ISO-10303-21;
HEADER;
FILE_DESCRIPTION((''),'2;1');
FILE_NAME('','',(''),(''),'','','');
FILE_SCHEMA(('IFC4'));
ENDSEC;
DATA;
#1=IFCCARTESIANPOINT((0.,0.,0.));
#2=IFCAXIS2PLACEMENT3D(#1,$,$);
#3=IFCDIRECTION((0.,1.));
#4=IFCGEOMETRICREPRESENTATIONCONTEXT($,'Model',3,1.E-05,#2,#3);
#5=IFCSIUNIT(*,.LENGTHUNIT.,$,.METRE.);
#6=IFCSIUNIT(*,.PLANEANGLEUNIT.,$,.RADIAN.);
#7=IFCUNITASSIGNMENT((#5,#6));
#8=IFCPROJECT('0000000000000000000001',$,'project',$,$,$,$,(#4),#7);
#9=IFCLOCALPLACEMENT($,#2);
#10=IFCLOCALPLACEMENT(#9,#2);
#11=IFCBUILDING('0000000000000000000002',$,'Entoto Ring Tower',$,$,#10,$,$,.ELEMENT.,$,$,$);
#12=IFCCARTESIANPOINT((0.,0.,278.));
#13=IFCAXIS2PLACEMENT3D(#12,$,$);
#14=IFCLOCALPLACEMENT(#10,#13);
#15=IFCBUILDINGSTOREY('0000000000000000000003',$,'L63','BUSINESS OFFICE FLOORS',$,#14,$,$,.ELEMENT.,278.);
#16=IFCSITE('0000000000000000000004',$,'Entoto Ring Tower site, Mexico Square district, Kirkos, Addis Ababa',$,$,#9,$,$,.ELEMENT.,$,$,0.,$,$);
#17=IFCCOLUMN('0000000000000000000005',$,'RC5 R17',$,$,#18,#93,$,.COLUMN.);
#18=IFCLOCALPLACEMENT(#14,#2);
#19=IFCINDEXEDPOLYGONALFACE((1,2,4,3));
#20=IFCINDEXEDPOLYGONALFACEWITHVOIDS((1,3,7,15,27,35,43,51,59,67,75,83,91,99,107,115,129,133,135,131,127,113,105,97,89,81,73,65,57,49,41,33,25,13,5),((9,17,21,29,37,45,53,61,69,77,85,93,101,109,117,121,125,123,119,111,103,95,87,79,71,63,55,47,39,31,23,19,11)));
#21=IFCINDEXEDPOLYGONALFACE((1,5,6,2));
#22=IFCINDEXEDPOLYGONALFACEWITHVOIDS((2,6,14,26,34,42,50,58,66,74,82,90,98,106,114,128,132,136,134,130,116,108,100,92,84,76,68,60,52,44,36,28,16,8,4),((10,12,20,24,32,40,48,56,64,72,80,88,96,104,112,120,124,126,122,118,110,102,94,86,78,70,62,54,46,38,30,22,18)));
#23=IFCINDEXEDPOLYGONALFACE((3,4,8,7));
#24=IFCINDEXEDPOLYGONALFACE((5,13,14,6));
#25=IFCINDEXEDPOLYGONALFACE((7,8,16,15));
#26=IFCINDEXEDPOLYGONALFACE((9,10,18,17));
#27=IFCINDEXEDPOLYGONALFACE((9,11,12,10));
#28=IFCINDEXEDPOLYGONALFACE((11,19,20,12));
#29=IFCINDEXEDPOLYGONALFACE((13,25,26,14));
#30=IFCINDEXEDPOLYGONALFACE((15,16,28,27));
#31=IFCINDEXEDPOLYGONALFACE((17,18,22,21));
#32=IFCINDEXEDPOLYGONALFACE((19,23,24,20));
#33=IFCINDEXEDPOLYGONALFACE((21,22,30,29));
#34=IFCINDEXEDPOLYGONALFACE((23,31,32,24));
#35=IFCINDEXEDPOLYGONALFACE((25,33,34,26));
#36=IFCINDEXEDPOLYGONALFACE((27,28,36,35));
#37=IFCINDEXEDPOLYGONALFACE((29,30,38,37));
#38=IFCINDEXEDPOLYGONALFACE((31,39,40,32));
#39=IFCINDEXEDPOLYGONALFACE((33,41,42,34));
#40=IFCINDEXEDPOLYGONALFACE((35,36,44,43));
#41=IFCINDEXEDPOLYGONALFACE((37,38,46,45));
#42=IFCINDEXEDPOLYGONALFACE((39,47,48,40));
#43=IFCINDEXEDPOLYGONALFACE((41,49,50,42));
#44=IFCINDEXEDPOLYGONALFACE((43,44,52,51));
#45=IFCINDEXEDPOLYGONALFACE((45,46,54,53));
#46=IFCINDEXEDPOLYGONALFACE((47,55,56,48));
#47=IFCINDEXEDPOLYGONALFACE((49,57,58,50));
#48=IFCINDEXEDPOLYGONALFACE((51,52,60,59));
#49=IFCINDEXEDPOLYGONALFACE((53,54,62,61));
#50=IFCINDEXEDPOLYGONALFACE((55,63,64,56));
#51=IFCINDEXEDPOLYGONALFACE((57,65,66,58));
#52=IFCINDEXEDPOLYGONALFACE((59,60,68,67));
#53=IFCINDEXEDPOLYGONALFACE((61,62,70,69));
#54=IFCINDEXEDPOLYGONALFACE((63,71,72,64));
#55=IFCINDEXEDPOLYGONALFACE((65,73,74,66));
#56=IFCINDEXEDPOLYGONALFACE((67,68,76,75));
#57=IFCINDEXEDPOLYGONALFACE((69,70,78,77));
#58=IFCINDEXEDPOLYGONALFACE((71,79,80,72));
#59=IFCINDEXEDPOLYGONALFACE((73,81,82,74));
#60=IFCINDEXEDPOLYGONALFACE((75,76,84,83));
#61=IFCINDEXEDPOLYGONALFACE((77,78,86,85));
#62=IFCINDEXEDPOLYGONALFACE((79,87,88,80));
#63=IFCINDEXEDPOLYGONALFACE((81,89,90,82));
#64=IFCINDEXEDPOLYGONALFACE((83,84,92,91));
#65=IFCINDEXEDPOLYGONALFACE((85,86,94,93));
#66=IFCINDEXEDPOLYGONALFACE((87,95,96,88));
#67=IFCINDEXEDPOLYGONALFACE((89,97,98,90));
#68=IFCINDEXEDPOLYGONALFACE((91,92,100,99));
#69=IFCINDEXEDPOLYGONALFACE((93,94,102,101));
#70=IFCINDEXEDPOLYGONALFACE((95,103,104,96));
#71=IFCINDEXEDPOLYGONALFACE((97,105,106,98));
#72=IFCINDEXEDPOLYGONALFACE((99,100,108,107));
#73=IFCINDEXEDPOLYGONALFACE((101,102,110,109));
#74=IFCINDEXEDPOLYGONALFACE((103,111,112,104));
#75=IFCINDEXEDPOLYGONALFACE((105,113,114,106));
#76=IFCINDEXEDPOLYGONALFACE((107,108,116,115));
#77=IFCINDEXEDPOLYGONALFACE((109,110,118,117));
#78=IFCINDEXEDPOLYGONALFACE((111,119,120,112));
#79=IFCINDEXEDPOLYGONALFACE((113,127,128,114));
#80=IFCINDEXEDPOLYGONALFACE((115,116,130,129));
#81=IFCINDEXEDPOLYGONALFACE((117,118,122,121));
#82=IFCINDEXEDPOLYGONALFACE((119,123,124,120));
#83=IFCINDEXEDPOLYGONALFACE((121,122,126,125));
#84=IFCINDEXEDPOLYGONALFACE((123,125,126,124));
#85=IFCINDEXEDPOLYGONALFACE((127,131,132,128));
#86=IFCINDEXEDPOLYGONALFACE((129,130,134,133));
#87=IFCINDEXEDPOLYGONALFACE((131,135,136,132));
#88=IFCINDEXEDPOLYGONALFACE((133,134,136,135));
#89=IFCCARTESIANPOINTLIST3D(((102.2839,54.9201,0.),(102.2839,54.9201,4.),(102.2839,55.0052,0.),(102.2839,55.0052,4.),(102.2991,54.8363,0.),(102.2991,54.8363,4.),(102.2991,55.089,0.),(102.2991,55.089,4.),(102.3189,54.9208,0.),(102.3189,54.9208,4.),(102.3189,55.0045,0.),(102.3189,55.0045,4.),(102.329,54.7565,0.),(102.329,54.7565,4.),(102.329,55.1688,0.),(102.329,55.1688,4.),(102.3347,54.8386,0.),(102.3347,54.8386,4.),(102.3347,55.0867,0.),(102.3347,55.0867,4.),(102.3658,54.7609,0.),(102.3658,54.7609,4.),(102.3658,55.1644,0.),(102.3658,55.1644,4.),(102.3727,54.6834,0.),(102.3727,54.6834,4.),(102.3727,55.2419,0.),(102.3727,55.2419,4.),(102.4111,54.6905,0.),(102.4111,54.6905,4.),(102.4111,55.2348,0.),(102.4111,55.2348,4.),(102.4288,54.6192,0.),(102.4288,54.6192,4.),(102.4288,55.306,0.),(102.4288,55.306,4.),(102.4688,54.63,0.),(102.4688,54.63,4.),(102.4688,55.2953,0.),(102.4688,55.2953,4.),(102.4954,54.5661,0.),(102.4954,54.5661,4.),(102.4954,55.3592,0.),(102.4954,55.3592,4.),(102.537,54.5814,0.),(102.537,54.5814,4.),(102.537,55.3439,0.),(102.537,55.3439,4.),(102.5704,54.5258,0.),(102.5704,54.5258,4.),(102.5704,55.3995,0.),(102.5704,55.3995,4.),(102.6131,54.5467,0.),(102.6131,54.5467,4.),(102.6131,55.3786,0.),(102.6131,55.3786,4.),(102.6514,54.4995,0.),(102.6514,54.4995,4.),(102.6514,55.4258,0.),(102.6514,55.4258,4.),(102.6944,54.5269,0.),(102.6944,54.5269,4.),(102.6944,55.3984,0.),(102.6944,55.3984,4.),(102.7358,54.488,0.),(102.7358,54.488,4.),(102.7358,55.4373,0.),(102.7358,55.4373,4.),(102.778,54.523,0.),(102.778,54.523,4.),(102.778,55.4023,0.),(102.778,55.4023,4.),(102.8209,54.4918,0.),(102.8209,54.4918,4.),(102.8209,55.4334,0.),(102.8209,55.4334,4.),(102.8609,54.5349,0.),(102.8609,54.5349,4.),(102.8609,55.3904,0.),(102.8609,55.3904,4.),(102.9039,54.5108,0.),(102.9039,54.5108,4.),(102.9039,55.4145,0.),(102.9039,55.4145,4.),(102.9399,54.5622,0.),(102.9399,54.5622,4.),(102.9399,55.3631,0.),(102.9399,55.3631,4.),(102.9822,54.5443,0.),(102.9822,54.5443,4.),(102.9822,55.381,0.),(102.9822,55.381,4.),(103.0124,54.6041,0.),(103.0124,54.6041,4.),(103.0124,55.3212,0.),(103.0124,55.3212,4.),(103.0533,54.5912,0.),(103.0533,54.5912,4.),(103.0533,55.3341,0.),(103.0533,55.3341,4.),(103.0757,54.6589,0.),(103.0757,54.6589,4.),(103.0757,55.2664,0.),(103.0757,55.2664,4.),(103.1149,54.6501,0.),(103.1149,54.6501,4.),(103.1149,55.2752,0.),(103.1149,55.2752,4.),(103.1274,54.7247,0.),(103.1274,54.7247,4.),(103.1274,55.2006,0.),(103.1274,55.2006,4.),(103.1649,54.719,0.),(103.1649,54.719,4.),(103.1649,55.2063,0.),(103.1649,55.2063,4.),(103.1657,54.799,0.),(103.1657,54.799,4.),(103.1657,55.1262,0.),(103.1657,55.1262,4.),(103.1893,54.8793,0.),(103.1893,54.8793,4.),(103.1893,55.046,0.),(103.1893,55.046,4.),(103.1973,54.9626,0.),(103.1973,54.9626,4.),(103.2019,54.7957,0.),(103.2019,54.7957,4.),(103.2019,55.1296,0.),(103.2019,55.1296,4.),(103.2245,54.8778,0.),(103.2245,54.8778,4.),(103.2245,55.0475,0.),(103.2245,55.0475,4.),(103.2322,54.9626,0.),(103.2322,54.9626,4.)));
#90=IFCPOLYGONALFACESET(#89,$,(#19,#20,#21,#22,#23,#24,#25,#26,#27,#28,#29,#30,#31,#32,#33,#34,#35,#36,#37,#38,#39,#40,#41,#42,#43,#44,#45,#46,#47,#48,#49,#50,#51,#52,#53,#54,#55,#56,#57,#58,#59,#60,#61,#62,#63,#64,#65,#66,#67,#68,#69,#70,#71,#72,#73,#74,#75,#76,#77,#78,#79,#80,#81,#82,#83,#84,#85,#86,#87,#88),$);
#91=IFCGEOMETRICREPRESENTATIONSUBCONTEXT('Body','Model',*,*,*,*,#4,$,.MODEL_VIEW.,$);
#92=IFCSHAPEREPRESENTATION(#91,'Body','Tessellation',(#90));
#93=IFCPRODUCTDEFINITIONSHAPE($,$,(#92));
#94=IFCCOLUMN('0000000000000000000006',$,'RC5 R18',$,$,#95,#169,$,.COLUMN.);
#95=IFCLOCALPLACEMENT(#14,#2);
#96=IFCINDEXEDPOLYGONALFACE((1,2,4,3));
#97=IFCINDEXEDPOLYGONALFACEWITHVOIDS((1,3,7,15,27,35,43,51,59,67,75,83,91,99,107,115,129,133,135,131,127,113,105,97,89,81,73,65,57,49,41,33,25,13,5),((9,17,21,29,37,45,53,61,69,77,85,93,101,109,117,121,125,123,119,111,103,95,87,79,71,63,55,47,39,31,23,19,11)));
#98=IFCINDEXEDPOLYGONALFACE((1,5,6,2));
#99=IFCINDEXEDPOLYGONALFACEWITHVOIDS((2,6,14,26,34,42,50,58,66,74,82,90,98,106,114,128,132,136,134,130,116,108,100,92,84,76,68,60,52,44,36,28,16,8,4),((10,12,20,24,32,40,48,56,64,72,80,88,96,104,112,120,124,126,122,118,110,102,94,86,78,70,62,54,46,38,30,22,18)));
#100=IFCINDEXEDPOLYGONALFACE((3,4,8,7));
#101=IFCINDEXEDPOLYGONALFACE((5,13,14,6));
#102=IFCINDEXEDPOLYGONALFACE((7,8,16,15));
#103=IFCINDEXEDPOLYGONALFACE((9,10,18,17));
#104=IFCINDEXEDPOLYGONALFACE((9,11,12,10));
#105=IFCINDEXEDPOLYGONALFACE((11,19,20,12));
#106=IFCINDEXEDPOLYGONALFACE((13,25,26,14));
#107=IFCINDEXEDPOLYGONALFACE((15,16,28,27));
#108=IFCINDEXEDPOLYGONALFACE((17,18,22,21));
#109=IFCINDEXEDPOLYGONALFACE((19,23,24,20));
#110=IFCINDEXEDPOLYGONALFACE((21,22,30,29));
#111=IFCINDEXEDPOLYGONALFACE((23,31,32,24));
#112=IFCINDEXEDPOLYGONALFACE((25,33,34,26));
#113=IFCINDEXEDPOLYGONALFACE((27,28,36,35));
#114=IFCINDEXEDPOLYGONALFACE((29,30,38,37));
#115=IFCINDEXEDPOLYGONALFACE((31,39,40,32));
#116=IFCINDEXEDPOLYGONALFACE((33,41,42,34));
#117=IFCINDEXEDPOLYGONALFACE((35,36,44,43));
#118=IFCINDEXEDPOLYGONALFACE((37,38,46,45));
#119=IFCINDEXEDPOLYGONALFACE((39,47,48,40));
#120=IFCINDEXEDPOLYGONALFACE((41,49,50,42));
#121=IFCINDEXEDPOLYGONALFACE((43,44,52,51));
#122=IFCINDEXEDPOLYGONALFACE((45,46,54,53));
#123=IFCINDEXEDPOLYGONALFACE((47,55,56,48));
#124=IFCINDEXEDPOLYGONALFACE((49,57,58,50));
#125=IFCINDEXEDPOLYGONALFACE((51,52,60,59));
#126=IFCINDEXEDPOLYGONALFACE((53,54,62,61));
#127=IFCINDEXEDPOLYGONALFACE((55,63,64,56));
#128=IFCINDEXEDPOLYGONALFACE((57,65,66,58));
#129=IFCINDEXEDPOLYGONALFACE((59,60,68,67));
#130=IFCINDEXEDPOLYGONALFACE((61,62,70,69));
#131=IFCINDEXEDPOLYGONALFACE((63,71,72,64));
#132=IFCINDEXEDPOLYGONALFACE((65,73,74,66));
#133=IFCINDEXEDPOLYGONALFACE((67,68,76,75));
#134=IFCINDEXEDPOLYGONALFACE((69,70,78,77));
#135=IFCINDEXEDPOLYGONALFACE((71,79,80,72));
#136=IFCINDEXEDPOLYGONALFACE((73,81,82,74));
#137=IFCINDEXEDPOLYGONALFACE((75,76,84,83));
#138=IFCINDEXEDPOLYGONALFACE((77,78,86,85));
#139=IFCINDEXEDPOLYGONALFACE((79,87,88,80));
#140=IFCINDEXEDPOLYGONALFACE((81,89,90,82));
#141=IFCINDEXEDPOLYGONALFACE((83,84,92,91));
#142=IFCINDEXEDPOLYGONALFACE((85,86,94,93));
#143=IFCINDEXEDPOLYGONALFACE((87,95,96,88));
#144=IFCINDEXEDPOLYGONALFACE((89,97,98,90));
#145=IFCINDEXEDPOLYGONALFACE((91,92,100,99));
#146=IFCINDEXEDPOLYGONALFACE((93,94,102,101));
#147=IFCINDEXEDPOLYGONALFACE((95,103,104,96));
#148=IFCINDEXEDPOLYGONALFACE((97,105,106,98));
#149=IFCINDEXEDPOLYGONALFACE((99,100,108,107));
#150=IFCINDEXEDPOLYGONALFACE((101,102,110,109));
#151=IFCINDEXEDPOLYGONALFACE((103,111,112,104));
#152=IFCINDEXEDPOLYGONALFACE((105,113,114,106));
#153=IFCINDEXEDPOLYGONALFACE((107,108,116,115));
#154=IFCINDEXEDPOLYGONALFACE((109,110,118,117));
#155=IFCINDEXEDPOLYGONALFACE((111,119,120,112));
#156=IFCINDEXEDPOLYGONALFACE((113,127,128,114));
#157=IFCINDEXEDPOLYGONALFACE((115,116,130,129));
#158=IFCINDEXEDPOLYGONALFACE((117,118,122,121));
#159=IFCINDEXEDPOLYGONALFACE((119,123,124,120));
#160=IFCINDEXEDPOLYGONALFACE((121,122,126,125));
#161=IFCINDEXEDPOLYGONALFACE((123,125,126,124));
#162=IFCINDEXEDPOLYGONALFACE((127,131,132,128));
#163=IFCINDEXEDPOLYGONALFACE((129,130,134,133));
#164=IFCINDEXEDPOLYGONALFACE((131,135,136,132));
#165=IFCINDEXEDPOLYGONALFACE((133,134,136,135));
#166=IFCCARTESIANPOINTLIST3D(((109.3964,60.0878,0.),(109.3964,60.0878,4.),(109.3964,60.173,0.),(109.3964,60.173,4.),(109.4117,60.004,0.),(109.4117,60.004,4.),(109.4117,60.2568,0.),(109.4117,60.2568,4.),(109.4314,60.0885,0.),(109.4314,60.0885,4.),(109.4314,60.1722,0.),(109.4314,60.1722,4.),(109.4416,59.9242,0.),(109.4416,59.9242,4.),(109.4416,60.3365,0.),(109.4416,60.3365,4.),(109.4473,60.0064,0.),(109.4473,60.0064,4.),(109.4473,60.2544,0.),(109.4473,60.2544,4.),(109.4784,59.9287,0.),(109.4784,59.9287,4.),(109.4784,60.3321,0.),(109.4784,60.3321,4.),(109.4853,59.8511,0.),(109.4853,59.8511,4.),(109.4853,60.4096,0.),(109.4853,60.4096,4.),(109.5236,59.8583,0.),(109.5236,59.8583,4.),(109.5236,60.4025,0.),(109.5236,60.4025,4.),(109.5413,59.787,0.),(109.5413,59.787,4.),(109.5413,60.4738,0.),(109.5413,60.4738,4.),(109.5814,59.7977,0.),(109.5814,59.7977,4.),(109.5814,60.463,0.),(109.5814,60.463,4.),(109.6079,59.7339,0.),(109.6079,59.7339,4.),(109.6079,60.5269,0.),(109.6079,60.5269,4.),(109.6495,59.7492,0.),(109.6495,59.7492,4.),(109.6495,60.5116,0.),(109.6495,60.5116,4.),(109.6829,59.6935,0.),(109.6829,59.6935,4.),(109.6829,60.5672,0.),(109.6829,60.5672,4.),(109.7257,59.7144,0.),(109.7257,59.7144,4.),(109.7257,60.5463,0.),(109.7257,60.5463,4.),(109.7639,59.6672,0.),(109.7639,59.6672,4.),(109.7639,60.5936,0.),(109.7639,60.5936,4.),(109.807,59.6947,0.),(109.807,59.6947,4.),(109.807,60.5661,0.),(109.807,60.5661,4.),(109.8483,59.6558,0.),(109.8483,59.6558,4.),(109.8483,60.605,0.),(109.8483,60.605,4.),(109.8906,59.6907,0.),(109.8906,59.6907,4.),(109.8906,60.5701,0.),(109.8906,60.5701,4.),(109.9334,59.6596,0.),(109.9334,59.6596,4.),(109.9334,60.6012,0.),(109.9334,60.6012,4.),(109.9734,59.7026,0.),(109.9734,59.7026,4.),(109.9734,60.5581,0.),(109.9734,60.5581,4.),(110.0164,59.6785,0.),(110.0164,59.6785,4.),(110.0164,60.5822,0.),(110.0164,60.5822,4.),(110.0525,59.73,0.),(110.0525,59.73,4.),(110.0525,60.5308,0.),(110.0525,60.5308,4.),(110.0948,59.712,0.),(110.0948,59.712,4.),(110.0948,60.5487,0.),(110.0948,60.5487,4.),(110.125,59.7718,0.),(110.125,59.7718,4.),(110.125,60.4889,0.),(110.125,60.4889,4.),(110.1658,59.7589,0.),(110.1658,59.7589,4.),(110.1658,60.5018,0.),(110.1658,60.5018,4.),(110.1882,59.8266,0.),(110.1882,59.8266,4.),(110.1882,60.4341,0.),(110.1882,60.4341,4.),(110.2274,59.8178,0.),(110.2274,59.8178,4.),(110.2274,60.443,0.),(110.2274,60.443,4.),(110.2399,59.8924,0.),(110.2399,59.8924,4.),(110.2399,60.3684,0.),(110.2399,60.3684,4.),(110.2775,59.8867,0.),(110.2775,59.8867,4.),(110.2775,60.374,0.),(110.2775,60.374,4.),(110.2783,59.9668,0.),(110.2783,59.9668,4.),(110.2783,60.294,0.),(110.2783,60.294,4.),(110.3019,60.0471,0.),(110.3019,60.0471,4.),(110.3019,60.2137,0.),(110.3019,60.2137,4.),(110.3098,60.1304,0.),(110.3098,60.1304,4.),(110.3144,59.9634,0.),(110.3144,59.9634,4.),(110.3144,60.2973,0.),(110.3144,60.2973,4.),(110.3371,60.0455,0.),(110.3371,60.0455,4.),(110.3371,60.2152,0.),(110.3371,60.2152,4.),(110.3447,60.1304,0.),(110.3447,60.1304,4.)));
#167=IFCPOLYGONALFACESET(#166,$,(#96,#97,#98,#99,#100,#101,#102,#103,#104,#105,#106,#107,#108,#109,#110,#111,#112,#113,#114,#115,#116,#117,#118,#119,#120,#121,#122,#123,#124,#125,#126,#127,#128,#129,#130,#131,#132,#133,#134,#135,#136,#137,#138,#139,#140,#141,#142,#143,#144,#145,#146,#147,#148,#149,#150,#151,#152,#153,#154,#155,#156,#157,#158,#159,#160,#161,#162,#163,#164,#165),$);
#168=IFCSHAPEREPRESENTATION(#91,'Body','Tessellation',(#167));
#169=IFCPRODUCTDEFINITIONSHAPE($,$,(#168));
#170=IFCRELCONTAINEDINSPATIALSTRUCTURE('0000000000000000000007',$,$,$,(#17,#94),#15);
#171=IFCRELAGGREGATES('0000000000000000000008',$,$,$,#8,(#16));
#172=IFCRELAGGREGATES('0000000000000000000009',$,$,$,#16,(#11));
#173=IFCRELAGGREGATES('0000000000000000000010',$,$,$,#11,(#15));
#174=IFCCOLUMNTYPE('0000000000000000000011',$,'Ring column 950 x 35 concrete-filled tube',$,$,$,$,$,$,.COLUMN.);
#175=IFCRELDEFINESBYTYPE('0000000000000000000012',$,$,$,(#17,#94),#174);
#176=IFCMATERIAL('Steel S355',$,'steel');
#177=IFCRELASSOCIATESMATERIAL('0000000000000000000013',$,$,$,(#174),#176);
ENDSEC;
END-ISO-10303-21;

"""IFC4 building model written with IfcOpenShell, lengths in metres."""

from ifc_helpers import new_model, si_unit, direction, frame, origin, origin_2d, place, context, subcontext, project, spatial, circle, hollow_circle, extrude, material, material_profile, profile_set, type_object, element, save


model = new_model("IFC4")

# Units and contexts
model_context = context("Model", 3, precision=1e-05, world=origin(), true_north=direction((0.0, 1.0)))
body_context = subcontext(model_context, "Body", "Model", "MODEL_VIEW")
ifc_project = project(units=[si_unit("LENGTHUNIT", "METRE"), si_unit("PLANEANGLEUNIT", "RADIAN")], contexts=[model_context])

# Site, building, storey
site_placement = place(None, origin())
site = spatial("IfcSite", under=ifc_project, at=site_placement, Name="Entoto Ring Tower site, Mexico Square district, Kirkos, Addis Ababa", CompositionType="ELEMENT", RefElevation=0.0)
building_placement = place(site_placement, origin())
building = spatial("IfcBuilding", under=site, at=building_placement, Name="Entoto Ring Tower", CompositionType="ELEMENT")
storey_placement = place(building_placement, frame((0.0, 0.0, 278.0)))
storey = spatial("IfcBuildingStorey", under=building, at=storey_placement, Name="L63", Description="BUSINESS OFFICE FLOORS", CompositionType="ELEMENT", Elevation=278.0)

# Columns
ifc_material_1 = material(Name="Steel S355", Category="steel")
ifc_material_profile_1 = material_profile(ifc_material_1, hollow_circle(Radius=0.4751, WallThickness=0.0349, at=origin_2d()), Name="CHS 950 x 35")
ifc_material_2 = material(Name="Concrete C60/75", Category="concrete")
ifc_material_profile_2 = material_profile(ifc_material_2, circle(Radius=0.4399, at=origin_2d()), Name="Concrete C60/75 infill")
ifc_profile_set_1 = profile_set([ifc_material_profile_1, ifc_material_profile_2], Name="Steel S355")
column_type = type_object("IfcColumnType", Name="Ring column 950 x 35 concrete-filled tube", PredefinedType="COLUMN", material=ifc_profile_set_1)
for number, where, z_axis, x_axis, name in (
    (1, (102.7571, 54.9626, 0.0), (0.0, 0.0, 1.0), (1.0, 0.0, 0.0), "RC5 R17"),
    (2, (109.8696, 60.1304, 0.0), (0.0, 0.0, 1.0), (1.0, 0.0, 0.0), "RC5 R18"),
):
    element("IfcColumn", number, at=place(storey_placement, frame(where, z_axis=z_axis, x_axis=x_axis)), inside=storey, type_object=column_type, Name=name, PredefinedType="COLUMN", context=body_context, shape_type="SweptSolid", body=[
        extrude(hollow_circle(Radius=0.4751, WallThickness=0.0349, at=origin_2d()), origin(), (0.0, 0.0, 1.0), 4.0),
    ])

save(model, "model.ifc")
